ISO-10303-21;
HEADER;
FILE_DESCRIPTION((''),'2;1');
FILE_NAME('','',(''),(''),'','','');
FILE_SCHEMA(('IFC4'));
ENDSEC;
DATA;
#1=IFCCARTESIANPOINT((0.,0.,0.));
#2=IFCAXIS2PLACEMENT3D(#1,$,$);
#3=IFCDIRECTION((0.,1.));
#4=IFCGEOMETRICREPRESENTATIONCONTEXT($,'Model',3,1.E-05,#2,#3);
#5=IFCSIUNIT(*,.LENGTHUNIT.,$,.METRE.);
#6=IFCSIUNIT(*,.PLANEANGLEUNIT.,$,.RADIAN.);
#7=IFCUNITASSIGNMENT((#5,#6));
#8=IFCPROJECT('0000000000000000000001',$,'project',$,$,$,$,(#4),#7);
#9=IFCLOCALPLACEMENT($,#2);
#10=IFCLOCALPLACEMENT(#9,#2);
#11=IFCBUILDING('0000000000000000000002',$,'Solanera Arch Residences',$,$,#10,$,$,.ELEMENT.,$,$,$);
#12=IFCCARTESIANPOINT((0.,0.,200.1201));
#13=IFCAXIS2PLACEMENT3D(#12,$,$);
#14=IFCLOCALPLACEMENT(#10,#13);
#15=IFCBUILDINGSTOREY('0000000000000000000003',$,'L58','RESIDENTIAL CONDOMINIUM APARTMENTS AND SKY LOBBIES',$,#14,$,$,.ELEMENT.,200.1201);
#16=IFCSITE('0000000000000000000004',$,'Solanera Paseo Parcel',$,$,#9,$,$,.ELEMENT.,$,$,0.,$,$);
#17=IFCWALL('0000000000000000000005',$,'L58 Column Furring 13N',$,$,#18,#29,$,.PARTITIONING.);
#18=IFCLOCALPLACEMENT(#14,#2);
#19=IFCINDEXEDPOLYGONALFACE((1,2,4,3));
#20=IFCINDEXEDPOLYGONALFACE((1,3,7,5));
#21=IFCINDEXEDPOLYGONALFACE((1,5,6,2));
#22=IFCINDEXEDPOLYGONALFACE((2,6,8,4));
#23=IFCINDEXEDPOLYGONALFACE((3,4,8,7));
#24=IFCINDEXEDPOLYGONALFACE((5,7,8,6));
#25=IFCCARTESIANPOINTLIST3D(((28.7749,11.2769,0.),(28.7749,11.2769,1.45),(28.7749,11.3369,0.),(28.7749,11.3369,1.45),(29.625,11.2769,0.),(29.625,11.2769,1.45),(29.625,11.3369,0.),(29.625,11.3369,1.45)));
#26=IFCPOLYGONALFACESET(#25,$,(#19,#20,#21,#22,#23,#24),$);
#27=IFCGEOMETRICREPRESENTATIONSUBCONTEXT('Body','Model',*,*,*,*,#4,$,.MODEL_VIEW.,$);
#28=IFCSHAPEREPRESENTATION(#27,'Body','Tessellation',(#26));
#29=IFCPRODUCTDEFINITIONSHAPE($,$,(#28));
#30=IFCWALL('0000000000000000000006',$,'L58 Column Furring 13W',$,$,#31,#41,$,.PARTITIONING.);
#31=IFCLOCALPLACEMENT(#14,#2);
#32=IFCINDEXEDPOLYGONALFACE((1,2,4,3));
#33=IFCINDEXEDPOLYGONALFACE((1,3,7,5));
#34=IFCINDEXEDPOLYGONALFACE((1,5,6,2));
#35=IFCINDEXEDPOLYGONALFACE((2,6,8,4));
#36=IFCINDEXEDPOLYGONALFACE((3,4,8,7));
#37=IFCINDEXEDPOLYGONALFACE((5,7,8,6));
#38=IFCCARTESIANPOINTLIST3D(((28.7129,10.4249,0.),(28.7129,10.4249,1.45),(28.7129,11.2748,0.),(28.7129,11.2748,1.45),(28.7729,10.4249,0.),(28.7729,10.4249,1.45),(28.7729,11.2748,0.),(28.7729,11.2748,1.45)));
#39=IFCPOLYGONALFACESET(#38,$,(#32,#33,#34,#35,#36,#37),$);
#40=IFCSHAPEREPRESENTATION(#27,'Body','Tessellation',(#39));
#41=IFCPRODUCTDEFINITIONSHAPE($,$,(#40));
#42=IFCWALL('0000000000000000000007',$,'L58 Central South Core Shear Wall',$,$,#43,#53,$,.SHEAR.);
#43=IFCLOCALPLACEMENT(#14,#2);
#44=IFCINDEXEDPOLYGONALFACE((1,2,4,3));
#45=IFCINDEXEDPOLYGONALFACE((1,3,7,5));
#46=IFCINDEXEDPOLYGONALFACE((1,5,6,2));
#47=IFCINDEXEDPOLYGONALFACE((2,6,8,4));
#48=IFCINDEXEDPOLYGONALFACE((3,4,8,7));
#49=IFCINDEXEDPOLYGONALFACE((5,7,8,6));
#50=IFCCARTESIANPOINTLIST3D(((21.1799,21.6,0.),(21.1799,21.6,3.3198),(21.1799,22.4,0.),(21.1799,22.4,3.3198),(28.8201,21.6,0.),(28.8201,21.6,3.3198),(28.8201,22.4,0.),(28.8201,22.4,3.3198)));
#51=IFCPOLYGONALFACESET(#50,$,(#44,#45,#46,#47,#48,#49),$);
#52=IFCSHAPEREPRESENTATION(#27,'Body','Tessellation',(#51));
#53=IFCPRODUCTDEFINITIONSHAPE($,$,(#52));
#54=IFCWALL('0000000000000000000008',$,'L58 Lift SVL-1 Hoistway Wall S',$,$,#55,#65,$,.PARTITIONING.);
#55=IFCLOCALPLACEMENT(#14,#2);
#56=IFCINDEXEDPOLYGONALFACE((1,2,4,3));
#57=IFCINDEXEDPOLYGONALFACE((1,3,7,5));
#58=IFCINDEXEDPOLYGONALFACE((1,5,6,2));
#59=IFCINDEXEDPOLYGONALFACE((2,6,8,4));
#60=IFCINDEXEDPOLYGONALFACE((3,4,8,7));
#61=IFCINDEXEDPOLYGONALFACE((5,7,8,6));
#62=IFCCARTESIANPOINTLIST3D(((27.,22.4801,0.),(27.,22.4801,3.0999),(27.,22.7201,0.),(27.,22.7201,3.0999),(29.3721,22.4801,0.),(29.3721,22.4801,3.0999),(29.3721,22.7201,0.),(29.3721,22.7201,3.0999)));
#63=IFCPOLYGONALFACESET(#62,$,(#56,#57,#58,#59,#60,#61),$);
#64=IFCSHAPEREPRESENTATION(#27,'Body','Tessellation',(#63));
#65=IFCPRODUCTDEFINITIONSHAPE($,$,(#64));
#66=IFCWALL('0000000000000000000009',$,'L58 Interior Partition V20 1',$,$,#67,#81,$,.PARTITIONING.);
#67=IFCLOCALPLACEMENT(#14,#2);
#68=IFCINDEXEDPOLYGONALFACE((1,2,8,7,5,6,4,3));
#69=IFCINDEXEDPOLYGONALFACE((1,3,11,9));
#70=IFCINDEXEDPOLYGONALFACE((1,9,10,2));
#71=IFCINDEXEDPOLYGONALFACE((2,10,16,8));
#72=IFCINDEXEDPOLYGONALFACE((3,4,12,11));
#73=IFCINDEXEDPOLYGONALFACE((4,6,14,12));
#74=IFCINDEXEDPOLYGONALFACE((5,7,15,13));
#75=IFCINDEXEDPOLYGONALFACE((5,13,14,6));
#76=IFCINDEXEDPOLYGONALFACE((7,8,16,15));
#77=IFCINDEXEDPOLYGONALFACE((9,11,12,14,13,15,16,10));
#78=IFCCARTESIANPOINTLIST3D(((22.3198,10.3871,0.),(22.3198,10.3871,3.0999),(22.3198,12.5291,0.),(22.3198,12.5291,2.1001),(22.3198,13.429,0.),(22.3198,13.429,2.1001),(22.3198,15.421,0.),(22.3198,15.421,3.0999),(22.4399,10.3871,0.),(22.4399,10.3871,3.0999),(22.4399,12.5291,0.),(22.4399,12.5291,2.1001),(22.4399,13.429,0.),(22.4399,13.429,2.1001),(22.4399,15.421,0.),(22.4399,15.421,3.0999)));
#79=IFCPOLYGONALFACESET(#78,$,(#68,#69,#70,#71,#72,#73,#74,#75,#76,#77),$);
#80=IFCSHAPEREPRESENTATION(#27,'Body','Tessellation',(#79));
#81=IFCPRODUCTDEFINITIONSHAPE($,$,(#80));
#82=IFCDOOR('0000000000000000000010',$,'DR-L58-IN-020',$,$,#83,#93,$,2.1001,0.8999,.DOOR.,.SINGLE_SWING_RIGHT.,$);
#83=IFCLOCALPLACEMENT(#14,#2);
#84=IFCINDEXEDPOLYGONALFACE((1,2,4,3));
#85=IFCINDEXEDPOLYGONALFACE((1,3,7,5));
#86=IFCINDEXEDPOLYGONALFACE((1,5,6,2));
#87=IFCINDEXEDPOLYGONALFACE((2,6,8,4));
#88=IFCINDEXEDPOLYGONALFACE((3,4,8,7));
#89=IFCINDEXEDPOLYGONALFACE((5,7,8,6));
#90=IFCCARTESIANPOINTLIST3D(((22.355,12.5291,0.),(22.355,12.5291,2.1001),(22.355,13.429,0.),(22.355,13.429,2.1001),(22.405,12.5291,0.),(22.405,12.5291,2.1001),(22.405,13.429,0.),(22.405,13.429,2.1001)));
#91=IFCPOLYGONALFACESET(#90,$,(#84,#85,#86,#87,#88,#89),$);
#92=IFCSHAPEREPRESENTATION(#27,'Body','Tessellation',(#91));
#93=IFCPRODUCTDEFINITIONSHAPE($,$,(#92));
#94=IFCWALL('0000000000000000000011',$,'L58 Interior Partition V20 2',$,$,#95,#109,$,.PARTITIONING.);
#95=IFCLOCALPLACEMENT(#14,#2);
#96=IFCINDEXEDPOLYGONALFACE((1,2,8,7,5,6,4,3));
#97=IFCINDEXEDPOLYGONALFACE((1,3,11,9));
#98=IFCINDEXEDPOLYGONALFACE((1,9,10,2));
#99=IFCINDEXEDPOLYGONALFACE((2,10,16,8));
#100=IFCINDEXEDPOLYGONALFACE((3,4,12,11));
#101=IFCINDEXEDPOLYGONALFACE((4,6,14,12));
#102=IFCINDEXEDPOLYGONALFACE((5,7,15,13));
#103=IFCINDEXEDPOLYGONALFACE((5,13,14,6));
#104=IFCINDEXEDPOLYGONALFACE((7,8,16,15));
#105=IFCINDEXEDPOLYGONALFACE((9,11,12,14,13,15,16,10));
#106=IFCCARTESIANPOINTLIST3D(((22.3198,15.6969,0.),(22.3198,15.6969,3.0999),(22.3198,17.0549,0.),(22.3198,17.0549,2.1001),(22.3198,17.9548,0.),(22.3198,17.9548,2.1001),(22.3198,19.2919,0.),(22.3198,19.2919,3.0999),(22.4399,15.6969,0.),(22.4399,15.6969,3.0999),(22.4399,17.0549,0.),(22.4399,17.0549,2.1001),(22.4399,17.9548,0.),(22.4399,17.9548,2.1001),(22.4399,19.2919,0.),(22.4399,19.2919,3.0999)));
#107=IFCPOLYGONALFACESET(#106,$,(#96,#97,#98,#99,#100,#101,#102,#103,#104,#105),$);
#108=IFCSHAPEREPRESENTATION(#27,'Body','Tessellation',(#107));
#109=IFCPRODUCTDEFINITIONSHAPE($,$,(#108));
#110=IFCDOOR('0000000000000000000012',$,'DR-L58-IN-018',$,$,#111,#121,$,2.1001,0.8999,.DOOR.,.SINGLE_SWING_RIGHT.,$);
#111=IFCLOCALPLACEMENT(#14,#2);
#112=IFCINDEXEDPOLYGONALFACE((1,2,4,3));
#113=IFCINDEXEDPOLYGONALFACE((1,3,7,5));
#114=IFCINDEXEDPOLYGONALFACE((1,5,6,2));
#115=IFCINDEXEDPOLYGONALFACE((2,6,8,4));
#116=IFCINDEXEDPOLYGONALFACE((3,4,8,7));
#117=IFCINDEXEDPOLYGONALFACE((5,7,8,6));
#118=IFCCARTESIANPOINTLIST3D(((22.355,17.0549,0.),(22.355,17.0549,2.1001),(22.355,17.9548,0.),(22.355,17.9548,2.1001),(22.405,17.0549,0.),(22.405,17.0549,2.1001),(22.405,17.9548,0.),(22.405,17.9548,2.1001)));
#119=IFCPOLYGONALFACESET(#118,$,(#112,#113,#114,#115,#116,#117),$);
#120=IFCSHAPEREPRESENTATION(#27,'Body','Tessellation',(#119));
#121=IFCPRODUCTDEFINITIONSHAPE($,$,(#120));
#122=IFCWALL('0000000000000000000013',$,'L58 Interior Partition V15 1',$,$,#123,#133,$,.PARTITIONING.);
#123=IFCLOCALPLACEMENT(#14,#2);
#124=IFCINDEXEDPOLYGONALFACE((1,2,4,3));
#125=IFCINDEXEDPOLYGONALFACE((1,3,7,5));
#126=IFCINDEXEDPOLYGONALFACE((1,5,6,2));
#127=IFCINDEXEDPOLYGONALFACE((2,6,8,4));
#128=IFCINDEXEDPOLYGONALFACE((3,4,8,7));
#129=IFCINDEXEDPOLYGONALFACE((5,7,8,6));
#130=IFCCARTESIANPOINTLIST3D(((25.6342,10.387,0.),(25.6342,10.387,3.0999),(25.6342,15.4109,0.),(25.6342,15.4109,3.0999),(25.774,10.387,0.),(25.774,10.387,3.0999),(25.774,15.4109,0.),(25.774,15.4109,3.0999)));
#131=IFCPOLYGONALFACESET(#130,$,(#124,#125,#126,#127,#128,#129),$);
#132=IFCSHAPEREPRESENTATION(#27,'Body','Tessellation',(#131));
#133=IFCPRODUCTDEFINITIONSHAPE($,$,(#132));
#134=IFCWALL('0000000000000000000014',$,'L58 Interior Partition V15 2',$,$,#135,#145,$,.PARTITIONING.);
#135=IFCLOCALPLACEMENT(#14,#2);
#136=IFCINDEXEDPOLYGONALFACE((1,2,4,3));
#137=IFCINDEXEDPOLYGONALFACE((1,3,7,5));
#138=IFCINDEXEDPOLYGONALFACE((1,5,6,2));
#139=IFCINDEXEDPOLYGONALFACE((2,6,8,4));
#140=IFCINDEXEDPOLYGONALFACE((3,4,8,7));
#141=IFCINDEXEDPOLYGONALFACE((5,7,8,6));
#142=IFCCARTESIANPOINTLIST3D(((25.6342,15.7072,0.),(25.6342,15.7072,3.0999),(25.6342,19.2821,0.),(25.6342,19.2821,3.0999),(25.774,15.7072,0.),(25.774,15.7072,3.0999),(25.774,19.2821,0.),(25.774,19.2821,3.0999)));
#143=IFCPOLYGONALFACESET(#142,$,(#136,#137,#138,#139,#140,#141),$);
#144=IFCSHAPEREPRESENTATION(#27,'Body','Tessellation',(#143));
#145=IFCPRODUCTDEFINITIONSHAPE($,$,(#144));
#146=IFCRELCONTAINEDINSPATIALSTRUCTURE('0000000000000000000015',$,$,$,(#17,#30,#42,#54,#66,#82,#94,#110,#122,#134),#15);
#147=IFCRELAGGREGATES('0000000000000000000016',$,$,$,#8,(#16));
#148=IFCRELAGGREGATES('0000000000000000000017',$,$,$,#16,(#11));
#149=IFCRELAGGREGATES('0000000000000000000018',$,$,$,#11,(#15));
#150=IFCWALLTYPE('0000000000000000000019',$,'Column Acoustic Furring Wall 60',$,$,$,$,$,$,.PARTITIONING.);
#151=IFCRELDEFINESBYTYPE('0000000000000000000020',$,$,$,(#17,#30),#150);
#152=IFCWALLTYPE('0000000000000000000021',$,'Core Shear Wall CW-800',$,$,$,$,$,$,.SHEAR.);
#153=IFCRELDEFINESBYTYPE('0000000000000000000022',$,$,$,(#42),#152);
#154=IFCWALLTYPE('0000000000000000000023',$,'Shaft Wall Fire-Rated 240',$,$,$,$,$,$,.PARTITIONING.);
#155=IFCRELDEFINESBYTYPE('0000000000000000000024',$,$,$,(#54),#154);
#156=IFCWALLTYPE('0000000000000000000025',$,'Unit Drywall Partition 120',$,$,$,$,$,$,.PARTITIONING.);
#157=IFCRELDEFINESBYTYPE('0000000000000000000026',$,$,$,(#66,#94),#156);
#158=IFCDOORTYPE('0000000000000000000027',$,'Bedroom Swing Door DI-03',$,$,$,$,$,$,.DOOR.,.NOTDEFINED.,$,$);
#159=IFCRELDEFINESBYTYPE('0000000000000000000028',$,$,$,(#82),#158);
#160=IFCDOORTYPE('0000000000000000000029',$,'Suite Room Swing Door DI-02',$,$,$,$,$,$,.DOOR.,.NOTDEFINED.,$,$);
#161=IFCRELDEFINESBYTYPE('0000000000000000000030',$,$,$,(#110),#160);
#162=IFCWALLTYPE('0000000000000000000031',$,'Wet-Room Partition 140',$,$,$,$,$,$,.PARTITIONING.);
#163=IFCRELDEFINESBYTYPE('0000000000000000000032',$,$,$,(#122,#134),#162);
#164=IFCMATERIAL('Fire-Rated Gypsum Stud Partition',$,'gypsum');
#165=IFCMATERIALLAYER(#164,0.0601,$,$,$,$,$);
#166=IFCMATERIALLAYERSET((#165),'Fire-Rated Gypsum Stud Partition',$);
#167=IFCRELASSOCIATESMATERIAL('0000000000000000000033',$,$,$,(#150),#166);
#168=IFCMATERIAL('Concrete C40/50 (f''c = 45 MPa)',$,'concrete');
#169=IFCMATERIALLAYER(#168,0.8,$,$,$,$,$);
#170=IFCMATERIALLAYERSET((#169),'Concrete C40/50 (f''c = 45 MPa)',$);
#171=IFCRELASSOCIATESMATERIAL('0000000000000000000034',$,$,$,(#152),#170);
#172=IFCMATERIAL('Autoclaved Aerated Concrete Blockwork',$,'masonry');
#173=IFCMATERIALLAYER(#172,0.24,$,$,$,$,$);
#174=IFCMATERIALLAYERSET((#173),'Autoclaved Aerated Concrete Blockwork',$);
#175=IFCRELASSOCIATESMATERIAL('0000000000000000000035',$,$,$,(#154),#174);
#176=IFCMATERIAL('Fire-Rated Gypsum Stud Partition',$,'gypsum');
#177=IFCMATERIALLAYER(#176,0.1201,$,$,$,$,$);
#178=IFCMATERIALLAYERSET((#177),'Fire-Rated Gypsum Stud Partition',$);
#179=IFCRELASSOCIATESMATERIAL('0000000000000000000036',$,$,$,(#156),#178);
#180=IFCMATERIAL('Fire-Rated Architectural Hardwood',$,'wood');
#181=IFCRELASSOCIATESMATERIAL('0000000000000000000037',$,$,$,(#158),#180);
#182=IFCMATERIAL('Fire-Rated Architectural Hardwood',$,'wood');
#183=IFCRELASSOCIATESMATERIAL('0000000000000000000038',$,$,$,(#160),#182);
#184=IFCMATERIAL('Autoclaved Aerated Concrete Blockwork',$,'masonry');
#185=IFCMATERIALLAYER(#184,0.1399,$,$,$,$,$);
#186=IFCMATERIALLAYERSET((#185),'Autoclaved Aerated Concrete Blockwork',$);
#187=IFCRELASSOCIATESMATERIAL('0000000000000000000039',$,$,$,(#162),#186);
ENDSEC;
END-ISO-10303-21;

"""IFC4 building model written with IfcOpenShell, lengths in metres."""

from ifc_helpers import new_model, si_unit, direction, frame, frame_2d, origin, place, context, subcontext, project, spatial, rectangle, extrude, material, layer, layer_set, type_object, element, fill, save


model = new_model("IFC4")

# Units and contexts
model_context = context("Model", 3, precision=1e-05, world=origin(), true_north=direction((0.0, 1.0)))
body_context = subcontext(model_context, "Body", "Model", "MODEL_VIEW")
ifc_project = project(units=[si_unit("LENGTHUNIT", "METRE"), si_unit("PLANEANGLEUNIT", "RADIAN")], contexts=[model_context])

# Site, building, storey
site_placement = place(None, origin())
site = spatial("IfcSite", under=ifc_project, at=site_placement, Name="Solanera Paseo Parcel", CompositionType="ELEMENT", RefElevation=0.0)
building_placement = place(site_placement, origin())
building = spatial("IfcBuilding", under=site, at=building_placement, Name="Solanera Arch Residences", CompositionType="ELEMENT")
storey_placement = place(building_placement, frame((0.0, 0.0, 200.1201)))
storey = spatial("IfcBuildingStorey", under=building, at=storey_placement, Name="L58", Description="RESIDENTIAL CONDOMINIUM APARTMENTS AND SKY LOBBIES", CompositionType="ELEMENT", Elevation=200.1201)

# Walls
ifc_material_1 = material(Name="Fire-Rated Gypsum Stud Partition", Category="gypsum")
ifc_layer_1 = layer(ifc_material_1, 0.0601)
ifc_layer_set_1 = layer_set([ifc_layer_1], Name="Fire-Rated Gypsum Stud Partition")
wall_type_1 = type_object("IfcWallType", Name="Column Acoustic Furring Wall 60", PredefinedType="PARTITIONING", material=ifc_layer_set_1)
for number, where, z_axis, x_axis, name in (
    (1, (28.7749, 11.3069, 0.0), (0.0, 0.0, 1.0), (1.0, 0.0, 0.0), "L58 Column Furring 13N"),
):
    element("IfcWall", number, at=place(storey_placement, frame(where, z_axis=z_axis, x_axis=x_axis)), inside=storey, type_object=wall_type_1, Name=name, PredefinedType="PARTITIONING", context=body_context, shape_type="SweptSolid", body=[
        extrude(rectangle(XDim=0.8501, YDim=0.0601, at=frame_2d((0.425, 0.0))), origin(), (0.0, 0.0, 1.0), 1.45),
    ])
wall_1_placement = place(storey_placement, frame((28.7429, 10.425, 0.0), z_axis=(0.0, 0.0, 1.0), x_axis=(0.0, 1.0, 0.0)))
element("IfcWall", 2, at=wall_1_placement, inside=storey, type_object=wall_type_1, Name="L58 Column Furring 13W", PredefinedType="PARTITIONING", context=body_context, shape_type="SweptSolid", body=[
    extrude(rectangle(XDim=0.8499, YDim=0.0601, at=frame_2d((0.4248, 0.0))), origin(), (0.0, 0.0, 1.0), 1.45),
])
ifc_material_2 = material(Name="Concrete C40/50 (f'c = 45 MPa)", Category="concrete")
ifc_layer_2 = layer(ifc_material_2, 0.8)
ifc_layer_set_2 = layer_set([ifc_layer_2], Name="Concrete C40/50 (f'c = 45 MPa)")
wall_type_2 = type_object("IfcWallType", Name="Core Shear Wall CW-800", PredefinedType="SHEAR", material=ifc_layer_set_2)
wall_2_placement = place(storey_placement, frame((21.1799, 22.0, 0.0), z_axis=(0.0, 0.0, 1.0), x_axis=(1.0, 0.0, 0.0)))
element("IfcWall", 3, at=wall_2_placement, inside=storey, type_object=wall_type_2, Name="L58 Central South Core Shear Wall", PredefinedType="SHEAR", context=body_context, shape_type="SweptSolid", body=[
    extrude(rectangle(XDim=7.6401, YDim=0.8, at=frame_2d((3.8201, 0.0))), origin(), (0.0, 0.0, 1.0), 3.3198),
])
ifc_material_3 = material(Name="Autoclaved Aerated Concrete Blockwork", Category="masonry")
ifc_layer_3 = layer(ifc_material_3, 0.24)
ifc_layer_set_3 = layer_set([ifc_layer_3], Name="Autoclaved Aerated Concrete Blockwork")
wall_type_3 = type_object("IfcWallType", Name="Shaft Wall Fire-Rated 240", PredefinedType="PARTITIONING", material=ifc_layer_set_3)
wall_3_placement = place(storey_placement, frame((27.0, 22.6001, 0.0), z_axis=(0.0, 0.0, 1.0), x_axis=(1.0, 0.0, 0.0)))
element("IfcWall", 4, at=wall_3_placement, inside=storey, type_object=wall_type_3, Name="L58 Lift SVL-1 Hoistway Wall S", PredefinedType="PARTITIONING", context=body_context, shape_type="SweptSolid", body=[
    extrude(rectangle(XDim=2.3721, YDim=0.24, at=frame_2d((1.186, 0.0))), origin(), (0.0, 0.0, 1.0), 3.0999),
])

# Walls, openings, doors
ifc_material_4 = material(Name="Fire-Rated Gypsum Stud Partition", Category="gypsum")
ifc_layer_4 = layer(ifc_material_4, 0.1201)
ifc_layer_set_4 = layer_set([ifc_layer_4], Name="Fire-Rated Gypsum Stud Partition")
wall_type_4 = type_object("IfcWallType", Name="Unit Drywall Partition 120", PredefinedType="PARTITIONING", material=ifc_layer_set_4)
wall_4_placement = place(storey_placement, frame((22.3799, 10.387, 0.0), z_axis=(0.0, 0.0, 1.0), x_axis=(0.0, 1.0, 0.0)))
wall_4 = element("IfcWall", 5, at=wall_4_placement, inside=storey, type_object=wall_type_4, Name="L58 Interior Partition V20 1", PredefinedType="PARTITIONING", context=body_context, shape_type="SweptSolid", body=[
    extrude(rectangle(XDim=5.0339, YDim=0.1201, at=frame_2d((2.5171, 0.0))), origin(), (0.0, 0.0, 1.0), 3.0999),
])
opening_1_placement = place(wall_4_placement, frame((2.1421, 0.0, 0.0)))
opening_1 = element("IfcOpeningElement", 6, at=opening_1_placement, cuts=wall_4, PredefinedType="OPENING", context=body_context, shape_type="SweptSolid", body=[
    extrude(rectangle(XDim=0.8999, YDim=2.1001, at=frame_2d((0.45, 1.05))), frame((0.0, 0.0701, 0.0), z_axis=(0.0, -1.0, 0.0), x_axis=(1.0, 0.0, 0.0)), (0.0, 0.0, 1.0), 0.1401),
])
ifc_material_5 = material(Name="Fire-Rated Architectural Hardwood", Category="wood")
door_type_1 = type_object("IfcDoorType", Name="Bedroom Swing Door DI-03", OperationType="NOTDEFINED", PredefinedType="DOOR", material=ifc_material_5)
door_1_placement = place(opening_1_placement, origin())
door_1 = element("IfcDoor", 7, at=door_1_placement, inside=storey, type_object=door_type_1, Name="DR-L58-IN-020", OperationType="SINGLE_SWING_RIGHT", OverallHeight=2.1001, OverallWidth=0.8999, PredefinedType="DOOR", context=body_context, shape_type="SweptSolid", body=[
    extrude(rectangle(XDim=0.8999, YDim=2.1001, at=frame_2d((0.45, 1.05))), frame((0.0, 0.0249, 0.0), z_axis=(0.0, -1.0, 0.0), x_axis=(1.0, 0.0, 0.0)), (0.0, 0.0, 1.0), 0.05),
])
fill(opening_1, door_1)
wall_5_placement = place(storey_placement, frame((22.3799, 15.697, 0.0), z_axis=(0.0, 0.0, 1.0), x_axis=(0.0, 1.0, 0.0)))
wall_5 = element("IfcWall", 8, at=wall_5_placement, inside=storey, type_object=wall_type_4, Name="L58 Interior Partition V20 2", PredefinedType="PARTITIONING", context=body_context, shape_type="SweptSolid", body=[
    extrude(rectangle(XDim=3.595, YDim=0.1201, at=frame_2d((1.7974, 0.0))), origin(), (0.0, 0.0, 1.0), 3.0999),
])
opening_2_placement = place(wall_5_placement, frame((1.3579, 0.0, 0.0)))
opening_2 = element("IfcOpeningElement", 9, at=opening_2_placement, cuts=wall_5, PredefinedType="OPENING", context=body_context, shape_type="SweptSolid", body=[
    extrude(rectangle(XDim=0.8999, YDim=2.1001, at=frame_2d((0.45, 1.05))), frame((0.0, 0.0701, 0.0), z_axis=(0.0, -1.0, 0.0), x_axis=(1.0, 0.0, 0.0)), (0.0, 0.0, 1.0), 0.1401),
])
ifc_material_6 = material(Name="Fire-Rated Architectural Hardwood", Category="wood")
door_type_2 = type_object("IfcDoorType", Name="Suite Room Swing Door DI-02", OperationType="NOTDEFINED", PredefinedType="DOOR", material=ifc_material_6)
door_2_placement = place(opening_2_placement, origin())
door_2 = element("IfcDoor", 10, at=door_2_placement, inside=storey, type_object=door_type_2, Name="DR-L58-IN-018", OperationType="SINGLE_SWING_RIGHT", OverallHeight=2.1001, OverallWidth=0.8999, PredefinedType="DOOR", context=body_context, shape_type="SweptSolid", body=[
    extrude(rectangle(XDim=0.8999, YDim=2.1001, at=frame_2d((0.45, 1.05))), frame((0.0, 0.0249, 0.0), z_axis=(0.0, -1.0, 0.0), x_axis=(1.0, 0.0, 0.0)), (0.0, 0.0, 1.0), 0.05),
])
fill(opening_2, door_2)

# Walls
ifc_material_7 = material(Name="Autoclaved Aerated Concrete Blockwork", Category="masonry")
ifc_layer_5 = layer(ifc_material_7, 0.1399)
ifc_layer_set_5 = layer_set([ifc_layer_5], Name="Autoclaved Aerated Concrete Blockwork")
wall_type_5 = type_object("IfcWallType", Name="Wet-Room Partition 140", PredefinedType="PARTITIONING", material=ifc_layer_set_5)
wall_6_placement = place(storey_placement, frame((25.7041, 10.387, 0.0), z_axis=(0.0, 0.0, 1.0), x_axis=(0.0, 1.0, 0.0)))
element("IfcWall", 11, at=wall_6_placement, inside=storey, type_object=wall_type_5, Name="L58 Interior Partition V15 1", PredefinedType="PARTITIONING", context=body_context, shape_type="SweptSolid", body=[
    extrude(rectangle(XDim=5.0239, YDim=0.1399, at=frame_2d((2.512, 0.0))), origin(), (0.0, 0.0, 1.0), 3.0999),
])
wall_7_placement = place(storey_placement, frame((25.7041, 15.707, 0.0), z_axis=(0.0, 0.0, 1.0), x_axis=(0.0, 1.0, 0.0)))
element("IfcWall", 12, at=wall_7_placement, inside=storey, type_object=wall_type_5, Name="L58 Interior Partition V15 2", PredefinedType="PARTITIONING", context=body_context, shape_type="SweptSolid", body=[
    extrude(rectangle(XDim=3.575, YDim=0.1399, at=frame_2d((1.7876, 0.0))), origin(), (0.0, 0.0, 1.0), 3.0999),
])

save(model, "model.ifc")
